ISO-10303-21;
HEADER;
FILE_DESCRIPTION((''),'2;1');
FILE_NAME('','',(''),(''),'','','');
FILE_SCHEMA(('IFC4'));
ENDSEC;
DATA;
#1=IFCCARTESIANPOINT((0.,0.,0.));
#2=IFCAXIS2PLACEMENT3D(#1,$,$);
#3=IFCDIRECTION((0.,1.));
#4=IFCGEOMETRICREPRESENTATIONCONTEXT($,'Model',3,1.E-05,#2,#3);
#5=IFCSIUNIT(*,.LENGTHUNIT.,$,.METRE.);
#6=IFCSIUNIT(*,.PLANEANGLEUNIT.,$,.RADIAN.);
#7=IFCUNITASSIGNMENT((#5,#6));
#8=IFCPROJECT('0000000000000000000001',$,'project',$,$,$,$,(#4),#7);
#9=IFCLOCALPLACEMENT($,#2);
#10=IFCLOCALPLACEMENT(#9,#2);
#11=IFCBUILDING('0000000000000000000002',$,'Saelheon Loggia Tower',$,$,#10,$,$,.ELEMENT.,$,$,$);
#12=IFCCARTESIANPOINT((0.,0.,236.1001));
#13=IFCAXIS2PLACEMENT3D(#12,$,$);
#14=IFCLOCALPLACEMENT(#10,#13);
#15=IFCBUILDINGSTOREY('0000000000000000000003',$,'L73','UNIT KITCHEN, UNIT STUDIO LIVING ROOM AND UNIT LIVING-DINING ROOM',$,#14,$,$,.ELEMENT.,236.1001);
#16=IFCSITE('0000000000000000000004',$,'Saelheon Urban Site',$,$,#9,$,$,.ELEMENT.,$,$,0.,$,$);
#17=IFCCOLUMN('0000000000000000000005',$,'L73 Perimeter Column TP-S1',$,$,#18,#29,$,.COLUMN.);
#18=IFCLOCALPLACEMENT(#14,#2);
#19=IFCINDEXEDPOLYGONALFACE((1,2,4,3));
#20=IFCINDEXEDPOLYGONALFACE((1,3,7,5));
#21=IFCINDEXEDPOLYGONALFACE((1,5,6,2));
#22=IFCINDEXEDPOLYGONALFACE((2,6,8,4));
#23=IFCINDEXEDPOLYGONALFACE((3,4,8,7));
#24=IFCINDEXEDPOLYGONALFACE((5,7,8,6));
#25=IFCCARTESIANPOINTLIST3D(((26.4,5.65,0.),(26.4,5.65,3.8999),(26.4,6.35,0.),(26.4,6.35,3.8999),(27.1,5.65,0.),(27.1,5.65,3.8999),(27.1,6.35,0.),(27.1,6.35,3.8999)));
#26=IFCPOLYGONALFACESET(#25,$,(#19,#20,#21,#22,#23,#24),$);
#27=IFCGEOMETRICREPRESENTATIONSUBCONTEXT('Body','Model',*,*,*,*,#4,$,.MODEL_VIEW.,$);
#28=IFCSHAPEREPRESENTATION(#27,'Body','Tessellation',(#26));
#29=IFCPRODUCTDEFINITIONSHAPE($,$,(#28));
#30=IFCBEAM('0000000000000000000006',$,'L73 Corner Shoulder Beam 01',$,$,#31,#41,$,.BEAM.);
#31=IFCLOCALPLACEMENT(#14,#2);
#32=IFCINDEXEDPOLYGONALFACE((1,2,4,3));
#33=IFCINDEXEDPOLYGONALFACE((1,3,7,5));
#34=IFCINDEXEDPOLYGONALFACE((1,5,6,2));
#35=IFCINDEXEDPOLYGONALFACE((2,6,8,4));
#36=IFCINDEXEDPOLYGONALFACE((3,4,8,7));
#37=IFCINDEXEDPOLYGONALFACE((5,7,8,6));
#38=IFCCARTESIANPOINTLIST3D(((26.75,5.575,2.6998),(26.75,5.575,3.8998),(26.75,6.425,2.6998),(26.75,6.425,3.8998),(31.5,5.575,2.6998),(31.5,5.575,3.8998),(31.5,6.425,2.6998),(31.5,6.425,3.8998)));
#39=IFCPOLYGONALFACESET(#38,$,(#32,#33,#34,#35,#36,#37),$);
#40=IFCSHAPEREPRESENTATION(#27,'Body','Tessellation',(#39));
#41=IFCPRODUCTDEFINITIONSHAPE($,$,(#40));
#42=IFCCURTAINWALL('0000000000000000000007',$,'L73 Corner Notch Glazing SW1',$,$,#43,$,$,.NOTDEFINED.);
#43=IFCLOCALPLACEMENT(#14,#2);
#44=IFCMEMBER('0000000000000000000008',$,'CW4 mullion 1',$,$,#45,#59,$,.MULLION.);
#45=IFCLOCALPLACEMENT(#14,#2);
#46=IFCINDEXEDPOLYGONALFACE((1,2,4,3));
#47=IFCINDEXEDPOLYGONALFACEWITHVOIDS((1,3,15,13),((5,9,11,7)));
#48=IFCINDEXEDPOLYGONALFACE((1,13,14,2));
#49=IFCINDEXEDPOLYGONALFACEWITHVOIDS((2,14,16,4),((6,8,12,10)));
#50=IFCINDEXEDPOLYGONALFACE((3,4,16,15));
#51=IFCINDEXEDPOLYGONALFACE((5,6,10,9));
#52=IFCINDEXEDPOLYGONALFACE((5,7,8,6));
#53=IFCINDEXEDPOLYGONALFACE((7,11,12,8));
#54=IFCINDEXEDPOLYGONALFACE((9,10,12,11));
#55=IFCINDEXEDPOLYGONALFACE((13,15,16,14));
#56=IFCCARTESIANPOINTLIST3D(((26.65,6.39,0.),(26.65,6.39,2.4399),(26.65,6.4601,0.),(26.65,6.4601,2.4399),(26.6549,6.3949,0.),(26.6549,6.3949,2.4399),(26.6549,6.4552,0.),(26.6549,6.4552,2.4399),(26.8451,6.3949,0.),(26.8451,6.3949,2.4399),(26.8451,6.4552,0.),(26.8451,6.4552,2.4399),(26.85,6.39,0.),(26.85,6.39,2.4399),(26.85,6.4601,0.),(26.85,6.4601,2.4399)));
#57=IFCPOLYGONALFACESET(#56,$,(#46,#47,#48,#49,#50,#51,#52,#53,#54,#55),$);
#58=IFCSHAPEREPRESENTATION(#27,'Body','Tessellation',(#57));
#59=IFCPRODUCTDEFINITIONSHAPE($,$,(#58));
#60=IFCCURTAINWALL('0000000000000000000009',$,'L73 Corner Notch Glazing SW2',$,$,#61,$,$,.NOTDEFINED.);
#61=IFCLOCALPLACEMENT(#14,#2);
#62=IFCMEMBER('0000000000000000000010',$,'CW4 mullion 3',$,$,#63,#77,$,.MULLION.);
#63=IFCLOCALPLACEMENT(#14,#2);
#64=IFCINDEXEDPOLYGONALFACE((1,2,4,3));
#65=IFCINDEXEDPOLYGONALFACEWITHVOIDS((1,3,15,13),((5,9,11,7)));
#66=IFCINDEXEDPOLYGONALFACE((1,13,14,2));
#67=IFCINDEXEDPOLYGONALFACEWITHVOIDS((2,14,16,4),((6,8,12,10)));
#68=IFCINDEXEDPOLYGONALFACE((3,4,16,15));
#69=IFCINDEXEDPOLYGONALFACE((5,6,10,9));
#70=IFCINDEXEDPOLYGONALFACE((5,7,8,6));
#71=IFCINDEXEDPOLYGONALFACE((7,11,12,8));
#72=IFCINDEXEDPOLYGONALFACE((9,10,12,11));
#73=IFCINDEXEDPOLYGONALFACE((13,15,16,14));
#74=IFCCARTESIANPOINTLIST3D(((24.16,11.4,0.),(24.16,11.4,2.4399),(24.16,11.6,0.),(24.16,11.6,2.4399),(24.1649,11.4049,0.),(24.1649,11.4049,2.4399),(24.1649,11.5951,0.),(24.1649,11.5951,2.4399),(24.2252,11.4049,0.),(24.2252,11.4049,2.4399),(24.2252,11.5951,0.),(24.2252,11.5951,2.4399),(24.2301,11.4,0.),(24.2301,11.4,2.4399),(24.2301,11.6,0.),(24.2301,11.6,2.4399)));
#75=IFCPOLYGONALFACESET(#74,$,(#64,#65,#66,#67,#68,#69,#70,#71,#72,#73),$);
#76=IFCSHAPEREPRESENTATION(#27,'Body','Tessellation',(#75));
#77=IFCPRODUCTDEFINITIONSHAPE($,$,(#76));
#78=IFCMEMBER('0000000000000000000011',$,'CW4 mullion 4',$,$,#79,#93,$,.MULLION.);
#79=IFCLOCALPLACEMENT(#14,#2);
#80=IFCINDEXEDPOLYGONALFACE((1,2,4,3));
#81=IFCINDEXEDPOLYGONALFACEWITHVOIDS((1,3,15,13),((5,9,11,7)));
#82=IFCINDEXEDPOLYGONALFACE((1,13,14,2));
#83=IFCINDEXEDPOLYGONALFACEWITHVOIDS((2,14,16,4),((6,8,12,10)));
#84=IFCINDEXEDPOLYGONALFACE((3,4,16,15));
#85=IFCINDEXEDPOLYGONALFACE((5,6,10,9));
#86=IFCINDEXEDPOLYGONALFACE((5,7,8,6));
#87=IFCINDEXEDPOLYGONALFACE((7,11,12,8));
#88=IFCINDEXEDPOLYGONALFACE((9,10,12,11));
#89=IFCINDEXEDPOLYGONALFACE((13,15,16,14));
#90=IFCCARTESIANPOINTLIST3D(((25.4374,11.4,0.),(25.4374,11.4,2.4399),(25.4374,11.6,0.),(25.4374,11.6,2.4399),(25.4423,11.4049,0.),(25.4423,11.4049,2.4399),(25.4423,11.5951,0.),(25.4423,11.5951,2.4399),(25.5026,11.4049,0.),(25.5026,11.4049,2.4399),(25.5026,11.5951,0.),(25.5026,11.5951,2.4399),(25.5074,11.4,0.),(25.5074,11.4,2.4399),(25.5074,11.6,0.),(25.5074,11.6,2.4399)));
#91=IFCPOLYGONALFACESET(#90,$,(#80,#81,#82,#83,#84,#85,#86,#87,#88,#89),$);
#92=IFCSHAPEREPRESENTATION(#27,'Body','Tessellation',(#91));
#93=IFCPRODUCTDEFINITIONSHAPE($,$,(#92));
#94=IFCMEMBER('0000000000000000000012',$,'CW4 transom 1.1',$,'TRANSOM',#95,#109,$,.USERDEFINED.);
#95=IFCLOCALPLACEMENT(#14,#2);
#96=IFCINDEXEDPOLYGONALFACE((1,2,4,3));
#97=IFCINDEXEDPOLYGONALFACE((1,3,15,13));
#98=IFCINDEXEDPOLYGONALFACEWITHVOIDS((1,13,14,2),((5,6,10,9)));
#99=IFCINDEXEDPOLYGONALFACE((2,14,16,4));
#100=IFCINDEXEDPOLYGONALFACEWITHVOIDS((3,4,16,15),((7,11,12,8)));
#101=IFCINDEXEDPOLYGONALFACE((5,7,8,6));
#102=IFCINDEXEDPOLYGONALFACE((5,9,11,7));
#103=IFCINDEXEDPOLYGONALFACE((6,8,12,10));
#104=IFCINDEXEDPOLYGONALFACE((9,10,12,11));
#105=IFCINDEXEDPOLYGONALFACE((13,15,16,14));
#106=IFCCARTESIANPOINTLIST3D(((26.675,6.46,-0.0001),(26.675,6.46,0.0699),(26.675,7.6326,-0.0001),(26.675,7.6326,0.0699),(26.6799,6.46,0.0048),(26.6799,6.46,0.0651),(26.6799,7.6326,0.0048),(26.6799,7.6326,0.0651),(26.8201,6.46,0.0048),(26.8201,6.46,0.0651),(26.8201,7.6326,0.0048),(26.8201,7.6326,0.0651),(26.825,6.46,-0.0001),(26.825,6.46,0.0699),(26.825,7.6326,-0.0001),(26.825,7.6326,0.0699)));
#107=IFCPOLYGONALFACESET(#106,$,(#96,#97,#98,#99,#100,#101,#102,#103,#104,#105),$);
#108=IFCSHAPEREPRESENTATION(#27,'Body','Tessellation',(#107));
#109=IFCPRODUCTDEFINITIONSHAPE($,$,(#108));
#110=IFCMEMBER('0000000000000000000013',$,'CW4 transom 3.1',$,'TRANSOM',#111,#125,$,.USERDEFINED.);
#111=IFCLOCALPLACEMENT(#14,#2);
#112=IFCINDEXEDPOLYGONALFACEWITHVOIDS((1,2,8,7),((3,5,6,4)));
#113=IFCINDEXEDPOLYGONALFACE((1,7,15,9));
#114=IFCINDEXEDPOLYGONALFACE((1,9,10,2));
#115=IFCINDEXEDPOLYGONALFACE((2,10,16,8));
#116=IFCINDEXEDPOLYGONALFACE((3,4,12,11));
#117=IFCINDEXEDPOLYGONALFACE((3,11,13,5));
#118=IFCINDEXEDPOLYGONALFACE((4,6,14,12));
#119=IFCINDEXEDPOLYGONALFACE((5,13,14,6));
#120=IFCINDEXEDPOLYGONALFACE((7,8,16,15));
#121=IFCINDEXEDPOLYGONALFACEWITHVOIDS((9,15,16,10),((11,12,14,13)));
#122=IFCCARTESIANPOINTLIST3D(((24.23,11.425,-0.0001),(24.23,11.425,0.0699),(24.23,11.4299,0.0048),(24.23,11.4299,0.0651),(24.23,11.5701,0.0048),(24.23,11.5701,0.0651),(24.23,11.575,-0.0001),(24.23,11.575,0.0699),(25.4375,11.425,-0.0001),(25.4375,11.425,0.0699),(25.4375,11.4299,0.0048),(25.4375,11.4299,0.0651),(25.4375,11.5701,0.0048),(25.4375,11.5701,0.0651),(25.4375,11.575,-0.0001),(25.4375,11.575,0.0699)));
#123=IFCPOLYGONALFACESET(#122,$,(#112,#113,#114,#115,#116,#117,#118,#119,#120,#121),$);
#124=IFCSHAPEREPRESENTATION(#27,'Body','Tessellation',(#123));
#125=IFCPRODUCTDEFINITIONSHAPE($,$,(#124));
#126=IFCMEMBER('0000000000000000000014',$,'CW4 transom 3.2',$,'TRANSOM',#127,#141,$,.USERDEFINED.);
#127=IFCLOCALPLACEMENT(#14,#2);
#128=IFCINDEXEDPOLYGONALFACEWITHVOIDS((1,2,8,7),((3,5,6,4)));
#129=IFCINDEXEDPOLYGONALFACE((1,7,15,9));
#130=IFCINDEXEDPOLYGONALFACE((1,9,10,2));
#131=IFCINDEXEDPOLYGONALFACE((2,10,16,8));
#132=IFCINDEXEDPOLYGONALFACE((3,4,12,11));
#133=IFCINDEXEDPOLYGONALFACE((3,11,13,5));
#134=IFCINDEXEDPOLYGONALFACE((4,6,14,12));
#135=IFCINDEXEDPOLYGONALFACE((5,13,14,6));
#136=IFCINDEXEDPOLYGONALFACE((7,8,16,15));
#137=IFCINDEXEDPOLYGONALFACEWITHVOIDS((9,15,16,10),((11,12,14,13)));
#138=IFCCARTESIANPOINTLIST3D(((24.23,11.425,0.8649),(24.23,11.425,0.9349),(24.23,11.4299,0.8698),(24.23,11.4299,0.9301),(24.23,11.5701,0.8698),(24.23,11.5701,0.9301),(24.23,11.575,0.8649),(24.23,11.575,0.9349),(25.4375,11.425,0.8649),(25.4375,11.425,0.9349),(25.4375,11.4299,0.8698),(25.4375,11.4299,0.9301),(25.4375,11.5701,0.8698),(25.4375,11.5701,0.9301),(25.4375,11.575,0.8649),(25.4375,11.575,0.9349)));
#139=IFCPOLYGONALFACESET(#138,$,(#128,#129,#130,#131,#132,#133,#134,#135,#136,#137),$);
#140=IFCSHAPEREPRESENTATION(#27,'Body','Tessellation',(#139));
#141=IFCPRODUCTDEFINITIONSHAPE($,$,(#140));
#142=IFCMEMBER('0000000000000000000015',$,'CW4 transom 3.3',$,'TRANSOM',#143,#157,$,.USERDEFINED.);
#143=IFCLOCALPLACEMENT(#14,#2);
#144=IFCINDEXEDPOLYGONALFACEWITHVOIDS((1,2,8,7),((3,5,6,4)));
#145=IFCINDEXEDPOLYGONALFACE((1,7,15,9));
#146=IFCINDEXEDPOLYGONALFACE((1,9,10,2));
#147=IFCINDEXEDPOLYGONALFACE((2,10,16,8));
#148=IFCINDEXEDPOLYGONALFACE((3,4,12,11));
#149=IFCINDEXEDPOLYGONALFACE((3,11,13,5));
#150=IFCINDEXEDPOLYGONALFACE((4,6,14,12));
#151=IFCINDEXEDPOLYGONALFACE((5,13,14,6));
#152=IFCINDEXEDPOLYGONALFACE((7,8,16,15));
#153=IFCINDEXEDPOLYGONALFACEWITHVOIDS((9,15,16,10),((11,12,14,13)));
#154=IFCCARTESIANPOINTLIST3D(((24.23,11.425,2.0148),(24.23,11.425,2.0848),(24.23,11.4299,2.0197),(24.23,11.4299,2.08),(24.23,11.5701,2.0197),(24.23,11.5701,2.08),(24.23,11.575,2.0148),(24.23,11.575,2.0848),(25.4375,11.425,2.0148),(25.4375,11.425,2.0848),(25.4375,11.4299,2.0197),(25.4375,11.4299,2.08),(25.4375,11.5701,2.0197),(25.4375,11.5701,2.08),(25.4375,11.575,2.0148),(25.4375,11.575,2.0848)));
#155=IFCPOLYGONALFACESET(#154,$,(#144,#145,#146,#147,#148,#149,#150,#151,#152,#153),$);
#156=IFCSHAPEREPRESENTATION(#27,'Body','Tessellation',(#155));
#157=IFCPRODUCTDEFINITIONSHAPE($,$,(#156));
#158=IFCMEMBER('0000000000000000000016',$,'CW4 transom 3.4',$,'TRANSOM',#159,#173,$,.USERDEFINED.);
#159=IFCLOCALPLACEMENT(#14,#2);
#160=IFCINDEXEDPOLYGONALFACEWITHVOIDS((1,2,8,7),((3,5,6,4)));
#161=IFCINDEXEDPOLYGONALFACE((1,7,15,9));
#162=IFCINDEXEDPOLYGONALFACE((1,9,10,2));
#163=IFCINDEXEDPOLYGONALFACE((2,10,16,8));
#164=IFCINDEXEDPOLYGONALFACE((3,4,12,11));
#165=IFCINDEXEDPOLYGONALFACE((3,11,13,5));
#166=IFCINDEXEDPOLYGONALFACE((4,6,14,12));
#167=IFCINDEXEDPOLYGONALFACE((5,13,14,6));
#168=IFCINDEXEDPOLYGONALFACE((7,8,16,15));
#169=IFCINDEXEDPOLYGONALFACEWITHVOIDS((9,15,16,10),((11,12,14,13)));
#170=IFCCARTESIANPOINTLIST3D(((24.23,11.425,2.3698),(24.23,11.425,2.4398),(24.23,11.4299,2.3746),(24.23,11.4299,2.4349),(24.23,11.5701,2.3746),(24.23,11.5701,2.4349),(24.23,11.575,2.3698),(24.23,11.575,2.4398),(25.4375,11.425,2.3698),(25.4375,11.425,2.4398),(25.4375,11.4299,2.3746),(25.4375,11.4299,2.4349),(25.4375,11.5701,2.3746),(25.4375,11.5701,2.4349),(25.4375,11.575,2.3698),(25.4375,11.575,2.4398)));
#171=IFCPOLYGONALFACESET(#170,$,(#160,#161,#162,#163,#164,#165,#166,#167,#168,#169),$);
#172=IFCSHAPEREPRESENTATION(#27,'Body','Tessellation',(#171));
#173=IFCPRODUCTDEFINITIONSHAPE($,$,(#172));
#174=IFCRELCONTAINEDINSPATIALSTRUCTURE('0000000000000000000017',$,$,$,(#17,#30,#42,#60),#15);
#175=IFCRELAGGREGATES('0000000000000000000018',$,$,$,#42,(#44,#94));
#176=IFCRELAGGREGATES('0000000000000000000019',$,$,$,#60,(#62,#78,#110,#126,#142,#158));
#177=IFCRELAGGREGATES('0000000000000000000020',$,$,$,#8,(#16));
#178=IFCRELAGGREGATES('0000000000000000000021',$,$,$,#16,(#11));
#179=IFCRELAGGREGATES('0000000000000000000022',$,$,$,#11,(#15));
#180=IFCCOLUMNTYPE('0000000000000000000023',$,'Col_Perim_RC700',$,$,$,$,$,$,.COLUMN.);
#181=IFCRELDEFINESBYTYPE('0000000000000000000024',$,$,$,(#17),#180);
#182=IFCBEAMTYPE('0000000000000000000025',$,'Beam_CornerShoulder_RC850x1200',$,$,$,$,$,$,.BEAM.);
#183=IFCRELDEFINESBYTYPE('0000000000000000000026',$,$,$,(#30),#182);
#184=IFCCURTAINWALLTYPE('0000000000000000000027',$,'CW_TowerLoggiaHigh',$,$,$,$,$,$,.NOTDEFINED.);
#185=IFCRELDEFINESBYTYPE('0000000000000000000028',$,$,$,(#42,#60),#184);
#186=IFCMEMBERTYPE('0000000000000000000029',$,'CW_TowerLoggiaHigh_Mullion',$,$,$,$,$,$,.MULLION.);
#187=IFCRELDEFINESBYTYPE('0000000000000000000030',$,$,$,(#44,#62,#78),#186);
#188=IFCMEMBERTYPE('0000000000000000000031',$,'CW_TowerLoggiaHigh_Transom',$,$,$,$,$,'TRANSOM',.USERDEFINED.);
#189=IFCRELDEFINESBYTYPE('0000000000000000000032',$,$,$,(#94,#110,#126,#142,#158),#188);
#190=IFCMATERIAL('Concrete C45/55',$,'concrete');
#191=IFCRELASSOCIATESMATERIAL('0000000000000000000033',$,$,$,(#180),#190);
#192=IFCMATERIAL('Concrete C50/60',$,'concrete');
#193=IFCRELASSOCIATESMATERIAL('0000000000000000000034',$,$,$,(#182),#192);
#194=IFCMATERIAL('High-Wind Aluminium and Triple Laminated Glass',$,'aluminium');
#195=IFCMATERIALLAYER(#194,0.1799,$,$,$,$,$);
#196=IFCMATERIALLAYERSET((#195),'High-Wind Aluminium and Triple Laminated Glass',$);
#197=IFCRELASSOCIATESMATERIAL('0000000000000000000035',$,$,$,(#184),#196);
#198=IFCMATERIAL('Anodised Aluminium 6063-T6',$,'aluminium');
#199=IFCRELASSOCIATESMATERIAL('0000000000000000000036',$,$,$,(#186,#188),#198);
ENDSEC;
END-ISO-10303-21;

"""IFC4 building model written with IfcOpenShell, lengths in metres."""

from ifc_helpers import new_model, si_unit, direction, frame, origin, origin_2d, place, context, subcontext, project, spatial, rectangle, hollow_rectangle, extrude, source, transform, mapped, material, layer, layer_set, material_profile, profile_set, type_object, element, aggregate, save


model = new_model("IFC4")

# Units and contexts
model_context = context("Model", 3, precision=1e-05, world=origin(), true_north=direction((0.0, 1.0)))
body_context = subcontext(model_context, "Body", "Model", "MODEL_VIEW")
ifc_project = project(units=[si_unit("LENGTHUNIT", "METRE"), si_unit("PLANEANGLEUNIT", "RADIAN")], contexts=[model_context])

# Site, building, storey
site_placement = place(None, origin())
site = spatial("IfcSite", under=ifc_project, at=site_placement, Name="Saelheon Urban Site", CompositionType="ELEMENT", RefElevation=0.0)
building_placement = place(site_placement, origin())
building = spatial("IfcBuilding", under=site, at=building_placement, Name="Saelheon Loggia Tower", CompositionType="ELEMENT")
storey_placement = place(building_placement, frame((0.0, 0.0, 236.1001)))
storey = spatial("IfcBuildingStorey", under=building, at=storey_placement, Name="L73", Description="UNIT KITCHEN, UNIT STUDIO LIVING ROOM AND UNIT LIVING-DINING ROOM", CompositionType="ELEMENT", Elevation=236.1001)

# Column
ifc_material_1 = material(Name="Concrete C45/55", Category="concrete")
ifc_material_profile_1 = material_profile(ifc_material_1, rectangle(XDim=0.7, YDim=0.7, at=origin_2d()), Name="RC-700x700")
ifc_profile_set_1 = profile_set([ifc_material_profile_1], Name="Concrete C45/55")
column_type = type_object("IfcColumnType", Name="Col_Perim_RC700", PredefinedType="COLUMN", material=ifc_profile_set_1)
shared_shape_1 = source(origin(), body_context, "Body", "SweptSolid", [
    extrude(rectangle(XDim=0.7, YDim=0.7, at=origin_2d()), origin(), (0.0, 0.0, 1.0), 3.8999),
])
column_placement = place(storey_placement, frame((26.75, 6.0, 0.0), z_axis=(0.0, 0.0, 1.0), x_axis=(1.0, 0.0, 0.0)))
element("IfcColumn", 1, at=column_placement, inside=storey, type_object=column_type, Name="L73 Perimeter Column TP-S1", PredefinedType="COLUMN", context=body_context, shape_type="MappedRepresentation", body=[
    mapped(shared_shape_1, transform((0.0, 0.0, 0.0), scale=1.0)),
])

# Beam
ifc_material_2 = material(Name="Concrete C50/60", Category="concrete")
ifc_material_profile_2 = material_profile(ifc_material_2, rectangle(XDim=0.8501, YDim=1.2, at=origin_2d()), Name="RC-850x1200")
ifc_profile_set_2 = profile_set([ifc_material_profile_2], Name="Concrete C50/60")
beam_type = type_object("IfcBeamType", Name="Beam_CornerShoulder_RC850x1200", PredefinedType="BEAM", material=ifc_profile_set_2)
shared_shape_2 = source(origin(), body_context, "Body", "SweptSolid", [
    extrude(rectangle(XDim=0.8501, YDim=1.2, at=origin_2d()), origin(), (0.0, 0.0, 1.0), 4.75),
])
beam_placement = place(storey_placement, frame((26.75, 6.0, 3.2998), z_axis=(1.0, 0.0, 0.0), x_axis=(0.0, 1.0, 0.0)))
element("IfcBeam", 2, at=beam_placement, inside=storey, type_object=beam_type, Name="L73 Corner Shoulder Beam 01", PredefinedType="BEAM", context=body_context, shape_type="MappedRepresentation", body=[
    mapped(shared_shape_2, transform((0.0, 0.0, 0.0), scale=1.0)),
])

# Curtain wall, member
ifc_material_3 = material(Name="High-Wind Aluminium and Triple Laminated Glass", Category="aluminium")
ifc_layer_1 = layer(ifc_material_3, 0.1799)
ifc_layer_set_1 = layer_set([ifc_layer_1], Name="High-Wind Aluminium and Triple Laminated Glass")
curtain_wall_type = type_object("IfcCurtainWallType", Name="CW_TowerLoggiaHigh", PredefinedType="NOTDEFINED", material=ifc_layer_set_1)
curtain_wall_1_placement = place(storey_placement, origin())
curtain_wall_1 = element("IfcCurtainWall", 3, at=curtain_wall_1_placement, inside=storey, type_object=curtain_wall_type, Name="L73 Corner Notch Glazing SW1", PredefinedType="NOTDEFINED")
ifc_material_4 = material(Name="Anodised Aluminium 6063-T6", Category="aluminium")
ifc_material_profile_3 = material_profile(ifc_material_4, hollow_rectangle(XDim=0.0701, YDim=0.2, WallThickness=0.0049, at=origin_2d()), Name="RHS-200x70x5")
ifc_profile_set_3 = profile_set([ifc_material_profile_3], Name="Anodised Aluminium 6063-T6")
member_type_1 = type_object("IfcMemberType", Name="CW_TowerLoggiaHigh_Mullion", PredefinedType="MULLION", material=ifc_profile_set_3)
shared_shape_3 = source(origin(), body_context, "Body", "SweptSolid", [
    extrude(hollow_rectangle(XDim=0.0701, YDim=0.2, WallThickness=0.0049, at=origin_2d()), origin(), (0.0, 0.0, 1.0), 2.4399),
])
member_1_placement = place(storey_placement, frame((26.75, 6.425, 0.0), z_axis=(0.0, 0.0, 1.0), x_axis=(0.0, 1.0, 0.0)))
member_1 = element("IfcMember", 4, at=member_1_placement, type_object=member_type_1, Name="CW4 mullion 1", PredefinedType="MULLION", context=body_context, shape_type="MappedRepresentation", body=[
    mapped(shared_shape_3, transform((0.0, 0.0, 0.0), scale=1.0)),
])

# Curtain wall, members
curtain_wall_2_placement = place(storey_placement, origin())
curtain_wall_2 = element("IfcCurtainWall", 5, at=curtain_wall_2_placement, inside=storey, type_object=curtain_wall_type, Name="L73 Corner Notch Glazing SW2", PredefinedType="NOTDEFINED")
member_2_placement = place(storey_placement, frame((24.1951, 11.5, 0.0), z_axis=(0.0, 0.0, 1.0), x_axis=(1.0, 0.0, 0.0)))
member_2 = element("IfcMember", 6, at=member_2_placement, type_object=member_type_1, Name="CW4 mullion 3", PredefinedType="MULLION", context=body_context, shape_type="MappedRepresentation", body=[
    mapped(shared_shape_3, transform((0.0, 0.0, 0.0), scale=1.0)),
])
member_3_placement = place(storey_placement, frame((25.4724, 11.5, 0.0), z_axis=(0.0, 0.0, 1.0), x_axis=(1.0, 0.0, 0.0)))
member_3 = element("IfcMember", 7, at=member_3_placement, type_object=member_type_1, Name="CW4 mullion 4", PredefinedType="MULLION", context=body_context, shape_type="MappedRepresentation", body=[
    mapped(shared_shape_3, transform((0.0, 0.0, 0.0), scale=1.0)),
])

# Members
ifc_material_profile_4 = material_profile(ifc_material_4, hollow_rectangle(XDim=0.0701, YDim=0.1499, WallThickness=0.0049, at=origin_2d()), Name="RHS-150x70x5")
ifc_profile_set_4 = profile_set([ifc_material_profile_4], Name="Anodised Aluminium 6063-T6")
member_type_2 = type_object("IfcMemberType", Name="CW_TowerLoggiaHigh_Transom", ElementType="TRANSOM", PredefinedType="USERDEFINED", material=ifc_profile_set_4)
shared_shape_4 = source(origin(), body_context, "Body", "SweptSolid", [
    extrude(hollow_rectangle(XDim=0.0701, YDim=0.1499, WallThickness=0.0049, at=origin_2d()), origin(), (0.0, 0.0, 1.0), 1.1726),
])
member_4_placement = place(storey_placement, frame((26.75, 6.46, 0.0349), z_axis=(0.0, 1.0, 0.0), x_axis=(0.0, 0.0, 1.0)))
member_4 = element("IfcMember", 8, at=member_4_placement, type_object=member_type_2, Name="CW4 transom 1.1", ObjectType="TRANSOM", PredefinedType="USERDEFINED", context=body_context, shape_type="MappedRepresentation", body=[
    mapped(shared_shape_4, transform((0.0, 0.0, 0.0), scale=1.0)),
])
aggregate(curtain_wall_1, [member_1, member_4])
shared_shape_5 = source(origin(), body_context, "Body", "SweptSolid", [
    extrude(hollow_rectangle(XDim=0.0701, YDim=0.1499, WallThickness=0.0049, at=origin_2d()), origin(), (0.0, 0.0, 1.0), 1.2075),
])
member_5_placement = place(storey_placement, frame((24.23, 11.5, 0.0349), z_axis=(1.0, 0.0, 0.0), x_axis=(0.0, 0.0, 1.0)))
member_5 = element("IfcMember", 9, at=member_5_placement, type_object=member_type_2, Name="CW4 transom 3.1", ObjectType="TRANSOM", PredefinedType="USERDEFINED", context=body_context, shape_type="MappedRepresentation", body=[
    mapped(shared_shape_5, transform((0.0, 0.0, 0.0), scale=1.0)),
])
member_6_placement = place(storey_placement, frame((24.23, 11.5, 0.8999), z_axis=(1.0, 0.0, 0.0), x_axis=(0.0, 0.0, 1.0)))
member_6 = element("IfcMember", 10, at=member_6_placement, type_object=member_type_2, Name="CW4 transom 3.2", ObjectType="TRANSOM", PredefinedType="USERDEFINED", context=body_context, shape_type="MappedRepresentation", body=[
    mapped(shared_shape_5, transform((0.0, 0.0, 0.0), scale=1.0)),
])
member_7_placement = place(storey_placement, frame((24.23, 11.5, 2.0498), z_axis=(1.0, 0.0, 0.0), x_axis=(0.0, 0.0, 1.0)))
member_7 = element("IfcMember", 11, at=member_7_placement, type_object=member_type_2, Name="CW4 transom 3.3", ObjectType="TRANSOM", PredefinedType="USERDEFINED", context=body_context, shape_type="MappedRepresentation", body=[
    mapped(shared_shape_5, transform((0.0, 0.0, 0.0), scale=1.0)),
])
member_8_placement = place(storey_placement, frame((24.23, 11.5, 2.4048), z_axis=(1.0, 0.0, 0.0), x_axis=(0.0, 0.0, 1.0)))
member_8 = element("IfcMember", 12, at=member_8_placement, type_object=member_type_2, Name="CW4 transom 3.4", ObjectType="TRANSOM", PredefinedType="USERDEFINED", context=body_context, shape_type="MappedRepresentation", body=[
    mapped(shared_shape_5, transform((0.0, 0.0, 0.0), scale=1.0)),
])

aggregate(curtain_wall_2, [member_2, member_3, member_5, member_6, member_7, member_8])

save(model, "model.ifc")
